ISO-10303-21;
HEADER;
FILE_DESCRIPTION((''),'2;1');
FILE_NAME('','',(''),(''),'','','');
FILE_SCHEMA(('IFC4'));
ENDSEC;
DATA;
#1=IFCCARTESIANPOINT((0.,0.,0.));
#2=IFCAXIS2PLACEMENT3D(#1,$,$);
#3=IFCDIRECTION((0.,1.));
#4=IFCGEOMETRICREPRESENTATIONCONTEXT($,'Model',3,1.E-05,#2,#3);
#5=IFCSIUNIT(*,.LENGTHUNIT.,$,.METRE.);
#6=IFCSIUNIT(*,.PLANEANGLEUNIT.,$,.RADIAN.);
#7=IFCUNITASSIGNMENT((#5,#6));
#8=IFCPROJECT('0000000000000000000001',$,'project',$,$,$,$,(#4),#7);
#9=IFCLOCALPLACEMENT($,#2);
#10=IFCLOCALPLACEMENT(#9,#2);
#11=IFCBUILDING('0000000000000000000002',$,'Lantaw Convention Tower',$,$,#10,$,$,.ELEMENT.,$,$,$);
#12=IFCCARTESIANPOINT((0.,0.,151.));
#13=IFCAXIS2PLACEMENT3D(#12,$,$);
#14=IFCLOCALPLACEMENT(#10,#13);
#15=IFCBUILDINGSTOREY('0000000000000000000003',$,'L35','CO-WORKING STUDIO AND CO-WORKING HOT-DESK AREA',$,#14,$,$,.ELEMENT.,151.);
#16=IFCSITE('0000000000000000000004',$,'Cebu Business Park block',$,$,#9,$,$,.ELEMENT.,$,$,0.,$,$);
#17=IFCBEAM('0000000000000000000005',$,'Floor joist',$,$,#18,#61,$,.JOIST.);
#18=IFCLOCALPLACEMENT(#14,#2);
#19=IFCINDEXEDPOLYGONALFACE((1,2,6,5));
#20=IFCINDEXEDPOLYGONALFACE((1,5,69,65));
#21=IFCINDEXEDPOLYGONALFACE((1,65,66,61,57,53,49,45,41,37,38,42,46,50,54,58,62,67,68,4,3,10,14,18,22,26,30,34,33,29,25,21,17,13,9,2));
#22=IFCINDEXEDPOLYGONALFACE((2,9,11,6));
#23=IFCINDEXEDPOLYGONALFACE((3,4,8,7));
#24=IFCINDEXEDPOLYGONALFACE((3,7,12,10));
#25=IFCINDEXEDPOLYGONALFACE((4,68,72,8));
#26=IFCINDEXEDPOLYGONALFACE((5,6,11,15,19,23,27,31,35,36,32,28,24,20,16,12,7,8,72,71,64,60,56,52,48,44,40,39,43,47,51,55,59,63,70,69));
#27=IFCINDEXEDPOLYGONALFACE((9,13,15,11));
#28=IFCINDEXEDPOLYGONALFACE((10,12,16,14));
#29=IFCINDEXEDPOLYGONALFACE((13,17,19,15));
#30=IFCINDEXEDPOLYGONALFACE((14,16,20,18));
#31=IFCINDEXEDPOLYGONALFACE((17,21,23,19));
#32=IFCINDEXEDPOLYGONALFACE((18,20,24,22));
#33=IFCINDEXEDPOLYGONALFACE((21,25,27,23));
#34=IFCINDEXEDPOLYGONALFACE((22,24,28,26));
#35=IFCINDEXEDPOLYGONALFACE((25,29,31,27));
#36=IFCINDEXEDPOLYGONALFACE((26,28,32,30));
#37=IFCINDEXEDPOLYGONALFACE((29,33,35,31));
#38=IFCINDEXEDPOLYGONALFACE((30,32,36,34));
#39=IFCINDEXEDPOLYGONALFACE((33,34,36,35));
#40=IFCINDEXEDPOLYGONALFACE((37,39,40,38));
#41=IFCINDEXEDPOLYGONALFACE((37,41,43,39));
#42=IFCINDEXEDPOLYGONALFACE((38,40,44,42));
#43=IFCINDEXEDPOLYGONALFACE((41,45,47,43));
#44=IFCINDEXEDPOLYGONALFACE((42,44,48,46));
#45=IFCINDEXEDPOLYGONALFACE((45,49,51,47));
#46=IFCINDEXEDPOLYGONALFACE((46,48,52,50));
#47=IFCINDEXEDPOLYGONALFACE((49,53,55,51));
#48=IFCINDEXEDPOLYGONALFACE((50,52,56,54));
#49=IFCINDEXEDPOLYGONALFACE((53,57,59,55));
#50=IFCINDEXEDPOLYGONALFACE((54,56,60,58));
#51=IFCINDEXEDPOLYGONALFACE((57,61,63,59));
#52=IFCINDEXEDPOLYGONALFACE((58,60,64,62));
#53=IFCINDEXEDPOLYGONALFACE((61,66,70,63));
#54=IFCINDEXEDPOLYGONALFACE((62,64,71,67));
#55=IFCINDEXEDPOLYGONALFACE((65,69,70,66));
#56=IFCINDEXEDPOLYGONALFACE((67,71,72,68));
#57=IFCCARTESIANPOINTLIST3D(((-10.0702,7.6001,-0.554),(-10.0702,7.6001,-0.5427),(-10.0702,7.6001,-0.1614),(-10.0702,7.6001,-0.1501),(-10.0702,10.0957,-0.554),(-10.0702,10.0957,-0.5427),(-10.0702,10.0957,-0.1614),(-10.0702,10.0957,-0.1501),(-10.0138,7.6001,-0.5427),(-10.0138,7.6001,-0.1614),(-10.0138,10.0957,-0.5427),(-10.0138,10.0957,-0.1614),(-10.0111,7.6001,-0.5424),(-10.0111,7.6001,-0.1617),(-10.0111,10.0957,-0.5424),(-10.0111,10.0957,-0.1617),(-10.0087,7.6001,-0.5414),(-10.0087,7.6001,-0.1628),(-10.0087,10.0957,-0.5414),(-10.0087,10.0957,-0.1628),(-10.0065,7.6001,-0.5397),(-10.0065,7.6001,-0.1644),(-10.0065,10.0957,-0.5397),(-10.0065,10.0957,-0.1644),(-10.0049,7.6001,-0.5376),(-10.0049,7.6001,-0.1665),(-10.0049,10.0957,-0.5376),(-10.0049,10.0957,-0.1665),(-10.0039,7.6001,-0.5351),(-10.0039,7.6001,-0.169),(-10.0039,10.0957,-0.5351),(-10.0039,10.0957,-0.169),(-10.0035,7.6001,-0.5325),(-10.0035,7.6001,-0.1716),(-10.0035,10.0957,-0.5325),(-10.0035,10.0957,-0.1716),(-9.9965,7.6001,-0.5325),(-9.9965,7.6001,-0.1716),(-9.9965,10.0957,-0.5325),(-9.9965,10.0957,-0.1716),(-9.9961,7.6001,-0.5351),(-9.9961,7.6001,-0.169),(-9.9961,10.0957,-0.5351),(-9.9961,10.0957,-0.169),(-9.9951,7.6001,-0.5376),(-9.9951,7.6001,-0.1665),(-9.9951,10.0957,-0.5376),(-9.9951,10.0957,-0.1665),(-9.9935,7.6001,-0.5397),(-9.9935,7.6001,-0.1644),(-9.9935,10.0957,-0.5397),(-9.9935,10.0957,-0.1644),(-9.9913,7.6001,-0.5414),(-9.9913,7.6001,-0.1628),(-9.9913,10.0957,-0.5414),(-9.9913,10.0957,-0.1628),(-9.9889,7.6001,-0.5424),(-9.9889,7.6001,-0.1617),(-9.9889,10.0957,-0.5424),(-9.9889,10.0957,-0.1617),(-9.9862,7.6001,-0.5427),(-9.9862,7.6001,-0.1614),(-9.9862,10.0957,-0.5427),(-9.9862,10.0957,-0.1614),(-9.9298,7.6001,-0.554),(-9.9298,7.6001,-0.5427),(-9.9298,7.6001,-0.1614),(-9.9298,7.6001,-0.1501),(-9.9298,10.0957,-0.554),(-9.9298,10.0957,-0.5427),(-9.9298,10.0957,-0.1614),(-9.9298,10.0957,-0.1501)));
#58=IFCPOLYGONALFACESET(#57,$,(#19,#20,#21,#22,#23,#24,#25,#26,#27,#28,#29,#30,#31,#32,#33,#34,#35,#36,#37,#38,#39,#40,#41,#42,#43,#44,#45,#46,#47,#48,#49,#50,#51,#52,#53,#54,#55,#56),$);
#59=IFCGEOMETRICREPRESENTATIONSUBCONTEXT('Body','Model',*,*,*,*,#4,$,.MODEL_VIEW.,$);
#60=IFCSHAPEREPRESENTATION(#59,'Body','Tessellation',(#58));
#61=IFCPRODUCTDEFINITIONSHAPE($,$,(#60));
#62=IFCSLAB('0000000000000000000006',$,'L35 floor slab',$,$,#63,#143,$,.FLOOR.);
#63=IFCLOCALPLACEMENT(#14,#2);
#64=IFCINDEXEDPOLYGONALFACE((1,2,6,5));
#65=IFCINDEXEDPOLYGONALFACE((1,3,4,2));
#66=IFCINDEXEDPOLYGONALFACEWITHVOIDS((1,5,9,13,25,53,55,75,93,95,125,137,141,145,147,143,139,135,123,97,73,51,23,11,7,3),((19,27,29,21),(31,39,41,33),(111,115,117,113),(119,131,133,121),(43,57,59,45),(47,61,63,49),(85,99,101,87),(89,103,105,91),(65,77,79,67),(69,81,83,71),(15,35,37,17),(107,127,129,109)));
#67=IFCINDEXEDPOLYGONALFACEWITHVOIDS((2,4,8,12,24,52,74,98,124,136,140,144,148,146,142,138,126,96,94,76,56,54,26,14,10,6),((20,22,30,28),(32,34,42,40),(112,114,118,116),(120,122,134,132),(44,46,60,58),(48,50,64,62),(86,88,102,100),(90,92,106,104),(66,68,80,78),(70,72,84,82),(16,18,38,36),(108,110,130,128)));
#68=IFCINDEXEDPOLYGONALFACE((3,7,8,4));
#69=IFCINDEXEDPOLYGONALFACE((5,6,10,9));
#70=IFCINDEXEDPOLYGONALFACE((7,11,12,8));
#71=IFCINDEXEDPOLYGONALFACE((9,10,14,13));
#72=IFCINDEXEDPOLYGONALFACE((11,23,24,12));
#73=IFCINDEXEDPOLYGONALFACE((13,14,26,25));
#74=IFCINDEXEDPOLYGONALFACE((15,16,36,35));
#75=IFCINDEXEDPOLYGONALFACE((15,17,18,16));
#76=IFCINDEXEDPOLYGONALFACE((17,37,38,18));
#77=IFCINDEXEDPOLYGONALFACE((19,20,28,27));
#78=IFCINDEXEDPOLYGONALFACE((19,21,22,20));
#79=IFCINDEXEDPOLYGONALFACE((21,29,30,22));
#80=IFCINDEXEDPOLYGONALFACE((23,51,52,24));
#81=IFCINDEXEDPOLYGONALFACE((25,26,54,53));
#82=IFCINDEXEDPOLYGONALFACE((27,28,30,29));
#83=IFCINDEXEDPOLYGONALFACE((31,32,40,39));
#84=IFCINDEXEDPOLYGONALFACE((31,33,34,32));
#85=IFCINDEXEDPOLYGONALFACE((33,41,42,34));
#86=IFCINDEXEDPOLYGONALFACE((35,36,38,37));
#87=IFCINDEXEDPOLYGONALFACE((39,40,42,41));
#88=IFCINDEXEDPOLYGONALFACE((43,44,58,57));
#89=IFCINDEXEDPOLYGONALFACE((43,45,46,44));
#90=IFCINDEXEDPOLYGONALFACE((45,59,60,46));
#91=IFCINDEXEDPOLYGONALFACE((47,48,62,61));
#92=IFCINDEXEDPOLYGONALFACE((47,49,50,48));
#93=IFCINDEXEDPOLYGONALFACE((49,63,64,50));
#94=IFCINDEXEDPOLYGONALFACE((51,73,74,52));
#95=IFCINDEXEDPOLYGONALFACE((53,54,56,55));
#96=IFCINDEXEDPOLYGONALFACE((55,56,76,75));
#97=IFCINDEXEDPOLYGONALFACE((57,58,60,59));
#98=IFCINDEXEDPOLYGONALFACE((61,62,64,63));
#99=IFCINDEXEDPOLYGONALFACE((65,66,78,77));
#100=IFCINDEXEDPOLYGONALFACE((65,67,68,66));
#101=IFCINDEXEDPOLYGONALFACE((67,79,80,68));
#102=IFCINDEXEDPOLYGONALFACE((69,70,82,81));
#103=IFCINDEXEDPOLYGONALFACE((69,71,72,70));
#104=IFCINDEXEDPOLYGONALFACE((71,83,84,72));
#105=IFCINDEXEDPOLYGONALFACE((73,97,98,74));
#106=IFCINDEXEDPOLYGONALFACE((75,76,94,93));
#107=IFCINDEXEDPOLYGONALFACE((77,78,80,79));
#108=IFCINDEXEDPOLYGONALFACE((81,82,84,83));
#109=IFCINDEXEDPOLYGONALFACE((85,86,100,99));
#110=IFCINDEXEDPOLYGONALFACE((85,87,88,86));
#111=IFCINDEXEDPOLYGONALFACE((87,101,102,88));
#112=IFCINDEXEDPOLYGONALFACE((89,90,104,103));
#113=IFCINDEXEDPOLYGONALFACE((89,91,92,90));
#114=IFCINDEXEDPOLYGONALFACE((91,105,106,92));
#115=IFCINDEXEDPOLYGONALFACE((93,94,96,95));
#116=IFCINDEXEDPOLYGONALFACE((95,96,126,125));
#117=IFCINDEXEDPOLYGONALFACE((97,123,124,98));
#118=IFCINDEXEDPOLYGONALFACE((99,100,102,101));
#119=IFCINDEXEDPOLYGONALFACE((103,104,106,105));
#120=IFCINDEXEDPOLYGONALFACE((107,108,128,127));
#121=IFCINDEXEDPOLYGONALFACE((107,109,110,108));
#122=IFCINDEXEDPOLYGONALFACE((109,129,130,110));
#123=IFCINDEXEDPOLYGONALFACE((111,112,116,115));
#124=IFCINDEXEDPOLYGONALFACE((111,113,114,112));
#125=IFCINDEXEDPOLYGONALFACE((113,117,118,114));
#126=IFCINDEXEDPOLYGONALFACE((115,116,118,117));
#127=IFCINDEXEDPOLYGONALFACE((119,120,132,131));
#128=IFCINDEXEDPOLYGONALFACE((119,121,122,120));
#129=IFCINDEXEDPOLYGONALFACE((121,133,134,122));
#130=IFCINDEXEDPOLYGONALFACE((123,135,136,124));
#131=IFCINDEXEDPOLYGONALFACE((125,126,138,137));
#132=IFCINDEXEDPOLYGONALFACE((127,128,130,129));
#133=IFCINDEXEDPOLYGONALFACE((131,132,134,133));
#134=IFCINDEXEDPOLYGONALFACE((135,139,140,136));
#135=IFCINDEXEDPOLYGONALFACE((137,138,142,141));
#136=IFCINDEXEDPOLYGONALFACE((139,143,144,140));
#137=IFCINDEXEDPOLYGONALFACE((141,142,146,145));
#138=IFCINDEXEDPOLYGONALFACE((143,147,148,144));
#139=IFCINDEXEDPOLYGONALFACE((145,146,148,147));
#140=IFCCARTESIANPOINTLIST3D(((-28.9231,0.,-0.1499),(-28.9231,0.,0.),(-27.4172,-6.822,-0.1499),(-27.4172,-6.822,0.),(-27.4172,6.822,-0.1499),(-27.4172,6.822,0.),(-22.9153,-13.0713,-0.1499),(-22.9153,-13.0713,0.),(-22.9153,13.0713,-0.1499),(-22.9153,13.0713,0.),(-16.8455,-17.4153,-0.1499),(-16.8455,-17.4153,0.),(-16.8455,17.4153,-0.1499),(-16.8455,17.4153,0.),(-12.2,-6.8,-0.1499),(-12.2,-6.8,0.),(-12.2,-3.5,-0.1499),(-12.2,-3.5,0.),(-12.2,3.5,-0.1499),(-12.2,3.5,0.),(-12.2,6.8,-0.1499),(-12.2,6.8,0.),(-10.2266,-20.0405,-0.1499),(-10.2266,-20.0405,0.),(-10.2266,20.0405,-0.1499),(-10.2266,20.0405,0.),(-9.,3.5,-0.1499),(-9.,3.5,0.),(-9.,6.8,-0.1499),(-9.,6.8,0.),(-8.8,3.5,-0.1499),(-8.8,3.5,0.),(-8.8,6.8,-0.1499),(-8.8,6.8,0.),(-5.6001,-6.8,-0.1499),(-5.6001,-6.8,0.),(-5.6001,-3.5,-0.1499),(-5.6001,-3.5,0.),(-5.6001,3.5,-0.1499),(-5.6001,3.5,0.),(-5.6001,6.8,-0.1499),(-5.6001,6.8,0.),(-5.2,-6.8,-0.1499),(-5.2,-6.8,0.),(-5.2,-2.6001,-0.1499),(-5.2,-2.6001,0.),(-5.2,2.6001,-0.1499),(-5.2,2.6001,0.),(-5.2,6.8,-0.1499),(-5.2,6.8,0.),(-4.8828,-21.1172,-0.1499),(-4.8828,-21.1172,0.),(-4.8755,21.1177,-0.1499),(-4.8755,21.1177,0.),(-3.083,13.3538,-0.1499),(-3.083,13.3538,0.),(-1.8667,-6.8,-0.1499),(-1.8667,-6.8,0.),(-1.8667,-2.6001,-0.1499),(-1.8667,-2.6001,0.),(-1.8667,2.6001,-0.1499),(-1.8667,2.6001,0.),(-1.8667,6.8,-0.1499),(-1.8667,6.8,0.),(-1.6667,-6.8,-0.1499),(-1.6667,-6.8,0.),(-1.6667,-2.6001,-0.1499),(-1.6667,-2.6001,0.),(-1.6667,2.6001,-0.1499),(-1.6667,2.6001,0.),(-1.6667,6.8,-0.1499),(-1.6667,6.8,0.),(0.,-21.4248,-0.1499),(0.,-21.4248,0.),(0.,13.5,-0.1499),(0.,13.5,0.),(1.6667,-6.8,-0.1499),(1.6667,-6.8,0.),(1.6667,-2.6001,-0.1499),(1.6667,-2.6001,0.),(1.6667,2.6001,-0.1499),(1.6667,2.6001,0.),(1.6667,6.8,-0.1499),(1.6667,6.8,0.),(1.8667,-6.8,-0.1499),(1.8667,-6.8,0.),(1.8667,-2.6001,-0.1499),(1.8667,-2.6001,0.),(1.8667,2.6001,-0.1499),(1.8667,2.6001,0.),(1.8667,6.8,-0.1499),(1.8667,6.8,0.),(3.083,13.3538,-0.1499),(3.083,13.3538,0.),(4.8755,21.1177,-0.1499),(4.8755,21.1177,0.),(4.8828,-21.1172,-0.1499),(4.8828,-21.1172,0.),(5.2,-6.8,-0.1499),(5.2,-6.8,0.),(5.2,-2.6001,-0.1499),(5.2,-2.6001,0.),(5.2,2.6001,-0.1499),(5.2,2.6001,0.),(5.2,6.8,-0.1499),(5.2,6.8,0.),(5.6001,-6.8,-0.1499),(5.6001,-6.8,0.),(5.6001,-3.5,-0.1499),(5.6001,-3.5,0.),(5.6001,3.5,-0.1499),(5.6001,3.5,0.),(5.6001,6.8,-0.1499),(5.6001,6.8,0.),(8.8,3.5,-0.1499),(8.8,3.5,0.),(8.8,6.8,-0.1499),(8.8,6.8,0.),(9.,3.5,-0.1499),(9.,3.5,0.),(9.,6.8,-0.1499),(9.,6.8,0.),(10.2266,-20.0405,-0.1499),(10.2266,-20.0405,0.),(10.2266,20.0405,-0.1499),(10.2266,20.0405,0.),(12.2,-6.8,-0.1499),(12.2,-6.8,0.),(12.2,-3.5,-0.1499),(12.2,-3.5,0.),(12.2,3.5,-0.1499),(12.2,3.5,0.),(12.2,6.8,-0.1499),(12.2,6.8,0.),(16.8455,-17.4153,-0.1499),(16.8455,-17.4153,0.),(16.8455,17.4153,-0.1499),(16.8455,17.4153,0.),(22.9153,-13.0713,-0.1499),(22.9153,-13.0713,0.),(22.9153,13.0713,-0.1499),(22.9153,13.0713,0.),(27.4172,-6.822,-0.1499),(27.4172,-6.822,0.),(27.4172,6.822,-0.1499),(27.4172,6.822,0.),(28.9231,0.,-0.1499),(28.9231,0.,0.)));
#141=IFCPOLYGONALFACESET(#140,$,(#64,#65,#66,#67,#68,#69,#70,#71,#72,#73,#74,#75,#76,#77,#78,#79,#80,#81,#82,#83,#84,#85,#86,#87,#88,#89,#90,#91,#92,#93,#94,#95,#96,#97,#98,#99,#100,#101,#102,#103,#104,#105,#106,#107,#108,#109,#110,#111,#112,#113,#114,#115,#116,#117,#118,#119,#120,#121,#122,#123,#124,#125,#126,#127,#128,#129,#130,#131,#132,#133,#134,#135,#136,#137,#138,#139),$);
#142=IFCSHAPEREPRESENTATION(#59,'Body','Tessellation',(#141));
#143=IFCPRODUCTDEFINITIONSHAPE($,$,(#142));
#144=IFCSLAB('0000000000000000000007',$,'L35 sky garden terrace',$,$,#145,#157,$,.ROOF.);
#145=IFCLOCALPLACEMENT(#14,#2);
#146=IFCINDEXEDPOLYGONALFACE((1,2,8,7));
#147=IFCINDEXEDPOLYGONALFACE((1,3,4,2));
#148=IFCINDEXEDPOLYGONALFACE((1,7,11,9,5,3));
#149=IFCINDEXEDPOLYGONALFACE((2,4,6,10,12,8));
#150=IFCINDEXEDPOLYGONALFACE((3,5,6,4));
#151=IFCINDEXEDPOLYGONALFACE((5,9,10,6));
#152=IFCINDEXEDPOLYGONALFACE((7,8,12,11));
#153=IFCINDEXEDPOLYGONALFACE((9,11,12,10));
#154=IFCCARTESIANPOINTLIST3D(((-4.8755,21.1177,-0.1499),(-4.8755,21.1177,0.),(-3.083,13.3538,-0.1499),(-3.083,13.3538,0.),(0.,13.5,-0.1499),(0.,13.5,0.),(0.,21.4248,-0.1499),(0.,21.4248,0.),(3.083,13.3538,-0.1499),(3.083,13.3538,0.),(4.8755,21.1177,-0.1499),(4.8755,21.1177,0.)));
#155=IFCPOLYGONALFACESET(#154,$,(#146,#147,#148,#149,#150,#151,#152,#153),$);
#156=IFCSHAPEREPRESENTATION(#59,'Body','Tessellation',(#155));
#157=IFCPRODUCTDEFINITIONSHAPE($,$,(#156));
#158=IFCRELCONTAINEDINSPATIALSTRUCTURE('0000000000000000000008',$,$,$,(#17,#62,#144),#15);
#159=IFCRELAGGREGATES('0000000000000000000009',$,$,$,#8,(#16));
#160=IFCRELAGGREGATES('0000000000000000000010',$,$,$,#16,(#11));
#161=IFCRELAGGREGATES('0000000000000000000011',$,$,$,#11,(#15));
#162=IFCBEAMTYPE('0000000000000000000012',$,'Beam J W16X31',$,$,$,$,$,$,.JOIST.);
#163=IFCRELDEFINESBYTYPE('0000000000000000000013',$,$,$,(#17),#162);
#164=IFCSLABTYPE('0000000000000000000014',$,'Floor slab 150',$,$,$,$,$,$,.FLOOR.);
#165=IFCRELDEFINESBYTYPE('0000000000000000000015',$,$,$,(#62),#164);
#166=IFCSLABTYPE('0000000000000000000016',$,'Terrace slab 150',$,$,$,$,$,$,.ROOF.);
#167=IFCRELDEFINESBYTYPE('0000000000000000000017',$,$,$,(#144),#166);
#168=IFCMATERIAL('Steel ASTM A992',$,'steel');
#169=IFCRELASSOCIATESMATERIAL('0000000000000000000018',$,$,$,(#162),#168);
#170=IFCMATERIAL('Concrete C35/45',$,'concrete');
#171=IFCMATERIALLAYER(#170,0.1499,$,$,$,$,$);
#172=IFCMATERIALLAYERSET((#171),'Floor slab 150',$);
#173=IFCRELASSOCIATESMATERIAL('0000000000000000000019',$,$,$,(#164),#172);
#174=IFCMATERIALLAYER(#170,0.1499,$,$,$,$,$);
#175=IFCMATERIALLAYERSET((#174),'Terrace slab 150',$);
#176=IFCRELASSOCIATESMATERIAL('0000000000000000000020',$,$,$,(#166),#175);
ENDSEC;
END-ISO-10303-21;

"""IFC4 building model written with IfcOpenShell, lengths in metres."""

from ifc_helpers import new_model, si_unit, direction, frame, origin, origin_2d, place, context, subcontext, project, spatial, polyline, i_section, outline, extrude, material, layer, layer_set, material_profile, profile_set, type_object, element, save


model = new_model("IFC4")

# Units and contexts
model_context = context("Model", 3, precision=1e-05, world=origin(), true_north=direction((0.0, 1.0)))
body_context = subcontext(model_context, "Body", "Model", "MODEL_VIEW")
ifc_project = project(units=[si_unit("LENGTHUNIT", "METRE"), si_unit("PLANEANGLEUNIT", "RADIAN")], contexts=[model_context])

# Site, building, storey
site_placement = place(None, origin())
site = spatial("IfcSite", under=ifc_project, at=site_placement, Name="Cebu Business Park block", CompositionType="ELEMENT", RefElevation=0.0)
building_placement = place(site_placement, origin())
building = spatial("IfcBuilding", under=site, at=building_placement, Name="Lantaw Convention Tower", CompositionType="ELEMENT")
storey_placement = place(building_placement, frame((0.0, 0.0, 151.0)))
storey = spatial("IfcBuildingStorey", under=building, at=storey_placement, Name="L35", Description="CO-WORKING STUDIO AND CO-WORKING HOT-DESK AREA", CompositionType="ELEMENT", Elevation=151.0)

# Beam
ifc_material_1 = material(Name="Steel ASTM A992", Category="steel")
ifc_material_profile_1 = material_profile(ifc_material_1, i_section(OverallWidth=0.1404, OverallDepth=0.4038, WebThickness=0.0071, FlangeThickness=0.0112, FilletRadius=0.0103, at=origin_2d()), Name="W16X31")
ifc_profile_set_1 = profile_set([ifc_material_profile_1], Name="Steel ASTM A992")
beam_type_1 = type_object("IfcBeamType", Name="Beam J W16X31", PredefinedType="JOIST", material=ifc_profile_set_1)
beam_1_placement = place(storey_placement, frame((-10.0, 7.6001, -0.3521), z_axis=(0.0, 1.0, 0.0), x_axis=(-1.0, 0.0, 0.0)))
element("IfcBeam", 1, at=beam_1_placement, inside=storey, type_object=beam_type_1, Name="Floor joist", PredefinedType="JOIST", context=body_context, shape_type="SweptSolid", body=[
    extrude(i_section(OverallWidth=0.1404, OverallDepth=0.4038, WebThickness=0.0071, FlangeThickness=0.0112, FilletRadius=0.0103, at=origin_2d()), origin(), (0.0, 0.0, 1.0), 2.4956),
])

# Slabs
ifc_material_2 = material(Name="Concrete C35/45", Category="concrete")
ifc_layer_1 = layer(ifc_material_2, 0.1499)
ifc_layer_set_1 = layer_set([ifc_layer_1], Name="Floor slab 150")
slab_type_1 = type_object("IfcSlabType", Name="Floor slab 150", PredefinedType="FLOOR", material=ifc_layer_set_1)
slab_1_placement = place(storey_placement, frame((0.0, 0.0, -0.1499)))
element("IfcSlab", 2, at=slab_1_placement, inside=storey, type_object=slab_type_1, Name="L35 floor slab", PredefinedType="FLOOR", context=body_context, shape_type="SweptSolid", body=[
    extrude(outline(polyline([(10.2266, 20.0405), (4.8755, 21.1177), (3.083, 13.3538), (0.0, 13.5), (-3.083, 13.3538), (-4.8755, 21.1177), (-10.2266, 20.0405), (-16.8455, 17.4153), (-22.9153, 13.0713), (-27.4172, 6.822), (-28.9231, 0.0), (-27.4172, -6.822), (-22.9153, -13.0713), (-16.8455, -17.4153), (-10.2266, -20.0405), (-4.8828, -21.1172), (0.0, -21.4248), (4.8828, -21.1172), (10.2266, -20.0405), (16.8455, -17.4153), (22.9153, -13.0713), (27.4172, -6.822), (28.9231, 0.0), (27.4172, 6.822), (22.9153, 13.0713), (16.8455, 17.4153), (10.2266, 20.0405)]), holes=[polyline([(-5.6001, -3.5), (-12.2, -3.5), (-12.2, -6.8), (-5.6001, -6.8), (-5.6001, -3.5)]), polyline([(-1.8667, -6.8), (-1.8667, -2.6001), (-5.2, -2.6001), (-5.2, -6.8), (-1.8667, -6.8)]), polyline([(-1.8667, 2.6001), (-1.8667, 6.8), (-5.2, 6.8), (-5.2, 2.6001), (-1.8667, 2.6001)]), polyline([(1.6667, 6.8), (-1.6667, 6.8), (-1.6667, 2.6001), (1.6667, 2.6001), (1.6667, 6.8)]), polyline([(-9.0, 3.5), (-9.0, 6.8), (-12.2, 6.8), (-12.2, 3.5), (-9.0, 3.5)]), polyline([(-5.6001, 3.5), (-5.6001, 6.8), (-8.8, 6.8), (-8.8, 3.5), (-5.6001, 3.5)]), polyline([(12.2, -3.5), (5.6001, -3.5), (5.6001, -6.8), (12.2, -6.8), (12.2, -3.5)]), polyline([(1.6667, -6.8), (1.6667, -2.6001), (-1.6667, -2.6001), (-1.6667, -6.8), (1.6667, -6.8)]), polyline([(5.2, -6.8), (5.2, -2.6001), (1.8667, -2.6001), (1.8667, -6.8), (5.2, -6.8)]), polyline([(5.2, 6.8), (1.8667, 6.8), (1.8667, 2.6001), (5.2, 2.6001), (5.2, 6.8)]), polyline([(8.8, 3.5), (8.8, 6.8), (5.6001, 6.8), (5.6001, 3.5), (8.8, 3.5)]), polyline([(12.2, 3.5), (12.2, 6.8), (9.0, 6.8), (9.0, 3.5), (12.2, 3.5)])]), origin(), (0.0, 0.0, 1.0), 0.1499),
])
ifc_layer_2 = layer(ifc_material_2, 0.1499)
ifc_layer_set_2 = layer_set([ifc_layer_2], Name="Terrace slab 150")
slab_type_2 = type_object("IfcSlabType", Name="Terrace slab 150", PredefinedType="ROOF", material=ifc_layer_set_2)
slab_2_placement = place(storey_placement, frame((0.0, 0.0, -0.1499)))
element("IfcSlab", 3, at=slab_2_placement, inside=storey, type_object=slab_type_2, Name="L35 sky garden terrace", PredefinedType="ROOF", context=body_context, shape_type="SweptSolid", body=[
    extrude(outline(polyline([(-3.083, 13.3538), (0.0, 13.5), (3.083, 13.3538), (4.8755, 21.1177), (0.0, 21.4248), (-4.8755, 21.1177), (-3.083, 13.3538)])), origin(), (0.0, 0.0, 1.0), 0.1499),
])

save(model, "model.ifc")
